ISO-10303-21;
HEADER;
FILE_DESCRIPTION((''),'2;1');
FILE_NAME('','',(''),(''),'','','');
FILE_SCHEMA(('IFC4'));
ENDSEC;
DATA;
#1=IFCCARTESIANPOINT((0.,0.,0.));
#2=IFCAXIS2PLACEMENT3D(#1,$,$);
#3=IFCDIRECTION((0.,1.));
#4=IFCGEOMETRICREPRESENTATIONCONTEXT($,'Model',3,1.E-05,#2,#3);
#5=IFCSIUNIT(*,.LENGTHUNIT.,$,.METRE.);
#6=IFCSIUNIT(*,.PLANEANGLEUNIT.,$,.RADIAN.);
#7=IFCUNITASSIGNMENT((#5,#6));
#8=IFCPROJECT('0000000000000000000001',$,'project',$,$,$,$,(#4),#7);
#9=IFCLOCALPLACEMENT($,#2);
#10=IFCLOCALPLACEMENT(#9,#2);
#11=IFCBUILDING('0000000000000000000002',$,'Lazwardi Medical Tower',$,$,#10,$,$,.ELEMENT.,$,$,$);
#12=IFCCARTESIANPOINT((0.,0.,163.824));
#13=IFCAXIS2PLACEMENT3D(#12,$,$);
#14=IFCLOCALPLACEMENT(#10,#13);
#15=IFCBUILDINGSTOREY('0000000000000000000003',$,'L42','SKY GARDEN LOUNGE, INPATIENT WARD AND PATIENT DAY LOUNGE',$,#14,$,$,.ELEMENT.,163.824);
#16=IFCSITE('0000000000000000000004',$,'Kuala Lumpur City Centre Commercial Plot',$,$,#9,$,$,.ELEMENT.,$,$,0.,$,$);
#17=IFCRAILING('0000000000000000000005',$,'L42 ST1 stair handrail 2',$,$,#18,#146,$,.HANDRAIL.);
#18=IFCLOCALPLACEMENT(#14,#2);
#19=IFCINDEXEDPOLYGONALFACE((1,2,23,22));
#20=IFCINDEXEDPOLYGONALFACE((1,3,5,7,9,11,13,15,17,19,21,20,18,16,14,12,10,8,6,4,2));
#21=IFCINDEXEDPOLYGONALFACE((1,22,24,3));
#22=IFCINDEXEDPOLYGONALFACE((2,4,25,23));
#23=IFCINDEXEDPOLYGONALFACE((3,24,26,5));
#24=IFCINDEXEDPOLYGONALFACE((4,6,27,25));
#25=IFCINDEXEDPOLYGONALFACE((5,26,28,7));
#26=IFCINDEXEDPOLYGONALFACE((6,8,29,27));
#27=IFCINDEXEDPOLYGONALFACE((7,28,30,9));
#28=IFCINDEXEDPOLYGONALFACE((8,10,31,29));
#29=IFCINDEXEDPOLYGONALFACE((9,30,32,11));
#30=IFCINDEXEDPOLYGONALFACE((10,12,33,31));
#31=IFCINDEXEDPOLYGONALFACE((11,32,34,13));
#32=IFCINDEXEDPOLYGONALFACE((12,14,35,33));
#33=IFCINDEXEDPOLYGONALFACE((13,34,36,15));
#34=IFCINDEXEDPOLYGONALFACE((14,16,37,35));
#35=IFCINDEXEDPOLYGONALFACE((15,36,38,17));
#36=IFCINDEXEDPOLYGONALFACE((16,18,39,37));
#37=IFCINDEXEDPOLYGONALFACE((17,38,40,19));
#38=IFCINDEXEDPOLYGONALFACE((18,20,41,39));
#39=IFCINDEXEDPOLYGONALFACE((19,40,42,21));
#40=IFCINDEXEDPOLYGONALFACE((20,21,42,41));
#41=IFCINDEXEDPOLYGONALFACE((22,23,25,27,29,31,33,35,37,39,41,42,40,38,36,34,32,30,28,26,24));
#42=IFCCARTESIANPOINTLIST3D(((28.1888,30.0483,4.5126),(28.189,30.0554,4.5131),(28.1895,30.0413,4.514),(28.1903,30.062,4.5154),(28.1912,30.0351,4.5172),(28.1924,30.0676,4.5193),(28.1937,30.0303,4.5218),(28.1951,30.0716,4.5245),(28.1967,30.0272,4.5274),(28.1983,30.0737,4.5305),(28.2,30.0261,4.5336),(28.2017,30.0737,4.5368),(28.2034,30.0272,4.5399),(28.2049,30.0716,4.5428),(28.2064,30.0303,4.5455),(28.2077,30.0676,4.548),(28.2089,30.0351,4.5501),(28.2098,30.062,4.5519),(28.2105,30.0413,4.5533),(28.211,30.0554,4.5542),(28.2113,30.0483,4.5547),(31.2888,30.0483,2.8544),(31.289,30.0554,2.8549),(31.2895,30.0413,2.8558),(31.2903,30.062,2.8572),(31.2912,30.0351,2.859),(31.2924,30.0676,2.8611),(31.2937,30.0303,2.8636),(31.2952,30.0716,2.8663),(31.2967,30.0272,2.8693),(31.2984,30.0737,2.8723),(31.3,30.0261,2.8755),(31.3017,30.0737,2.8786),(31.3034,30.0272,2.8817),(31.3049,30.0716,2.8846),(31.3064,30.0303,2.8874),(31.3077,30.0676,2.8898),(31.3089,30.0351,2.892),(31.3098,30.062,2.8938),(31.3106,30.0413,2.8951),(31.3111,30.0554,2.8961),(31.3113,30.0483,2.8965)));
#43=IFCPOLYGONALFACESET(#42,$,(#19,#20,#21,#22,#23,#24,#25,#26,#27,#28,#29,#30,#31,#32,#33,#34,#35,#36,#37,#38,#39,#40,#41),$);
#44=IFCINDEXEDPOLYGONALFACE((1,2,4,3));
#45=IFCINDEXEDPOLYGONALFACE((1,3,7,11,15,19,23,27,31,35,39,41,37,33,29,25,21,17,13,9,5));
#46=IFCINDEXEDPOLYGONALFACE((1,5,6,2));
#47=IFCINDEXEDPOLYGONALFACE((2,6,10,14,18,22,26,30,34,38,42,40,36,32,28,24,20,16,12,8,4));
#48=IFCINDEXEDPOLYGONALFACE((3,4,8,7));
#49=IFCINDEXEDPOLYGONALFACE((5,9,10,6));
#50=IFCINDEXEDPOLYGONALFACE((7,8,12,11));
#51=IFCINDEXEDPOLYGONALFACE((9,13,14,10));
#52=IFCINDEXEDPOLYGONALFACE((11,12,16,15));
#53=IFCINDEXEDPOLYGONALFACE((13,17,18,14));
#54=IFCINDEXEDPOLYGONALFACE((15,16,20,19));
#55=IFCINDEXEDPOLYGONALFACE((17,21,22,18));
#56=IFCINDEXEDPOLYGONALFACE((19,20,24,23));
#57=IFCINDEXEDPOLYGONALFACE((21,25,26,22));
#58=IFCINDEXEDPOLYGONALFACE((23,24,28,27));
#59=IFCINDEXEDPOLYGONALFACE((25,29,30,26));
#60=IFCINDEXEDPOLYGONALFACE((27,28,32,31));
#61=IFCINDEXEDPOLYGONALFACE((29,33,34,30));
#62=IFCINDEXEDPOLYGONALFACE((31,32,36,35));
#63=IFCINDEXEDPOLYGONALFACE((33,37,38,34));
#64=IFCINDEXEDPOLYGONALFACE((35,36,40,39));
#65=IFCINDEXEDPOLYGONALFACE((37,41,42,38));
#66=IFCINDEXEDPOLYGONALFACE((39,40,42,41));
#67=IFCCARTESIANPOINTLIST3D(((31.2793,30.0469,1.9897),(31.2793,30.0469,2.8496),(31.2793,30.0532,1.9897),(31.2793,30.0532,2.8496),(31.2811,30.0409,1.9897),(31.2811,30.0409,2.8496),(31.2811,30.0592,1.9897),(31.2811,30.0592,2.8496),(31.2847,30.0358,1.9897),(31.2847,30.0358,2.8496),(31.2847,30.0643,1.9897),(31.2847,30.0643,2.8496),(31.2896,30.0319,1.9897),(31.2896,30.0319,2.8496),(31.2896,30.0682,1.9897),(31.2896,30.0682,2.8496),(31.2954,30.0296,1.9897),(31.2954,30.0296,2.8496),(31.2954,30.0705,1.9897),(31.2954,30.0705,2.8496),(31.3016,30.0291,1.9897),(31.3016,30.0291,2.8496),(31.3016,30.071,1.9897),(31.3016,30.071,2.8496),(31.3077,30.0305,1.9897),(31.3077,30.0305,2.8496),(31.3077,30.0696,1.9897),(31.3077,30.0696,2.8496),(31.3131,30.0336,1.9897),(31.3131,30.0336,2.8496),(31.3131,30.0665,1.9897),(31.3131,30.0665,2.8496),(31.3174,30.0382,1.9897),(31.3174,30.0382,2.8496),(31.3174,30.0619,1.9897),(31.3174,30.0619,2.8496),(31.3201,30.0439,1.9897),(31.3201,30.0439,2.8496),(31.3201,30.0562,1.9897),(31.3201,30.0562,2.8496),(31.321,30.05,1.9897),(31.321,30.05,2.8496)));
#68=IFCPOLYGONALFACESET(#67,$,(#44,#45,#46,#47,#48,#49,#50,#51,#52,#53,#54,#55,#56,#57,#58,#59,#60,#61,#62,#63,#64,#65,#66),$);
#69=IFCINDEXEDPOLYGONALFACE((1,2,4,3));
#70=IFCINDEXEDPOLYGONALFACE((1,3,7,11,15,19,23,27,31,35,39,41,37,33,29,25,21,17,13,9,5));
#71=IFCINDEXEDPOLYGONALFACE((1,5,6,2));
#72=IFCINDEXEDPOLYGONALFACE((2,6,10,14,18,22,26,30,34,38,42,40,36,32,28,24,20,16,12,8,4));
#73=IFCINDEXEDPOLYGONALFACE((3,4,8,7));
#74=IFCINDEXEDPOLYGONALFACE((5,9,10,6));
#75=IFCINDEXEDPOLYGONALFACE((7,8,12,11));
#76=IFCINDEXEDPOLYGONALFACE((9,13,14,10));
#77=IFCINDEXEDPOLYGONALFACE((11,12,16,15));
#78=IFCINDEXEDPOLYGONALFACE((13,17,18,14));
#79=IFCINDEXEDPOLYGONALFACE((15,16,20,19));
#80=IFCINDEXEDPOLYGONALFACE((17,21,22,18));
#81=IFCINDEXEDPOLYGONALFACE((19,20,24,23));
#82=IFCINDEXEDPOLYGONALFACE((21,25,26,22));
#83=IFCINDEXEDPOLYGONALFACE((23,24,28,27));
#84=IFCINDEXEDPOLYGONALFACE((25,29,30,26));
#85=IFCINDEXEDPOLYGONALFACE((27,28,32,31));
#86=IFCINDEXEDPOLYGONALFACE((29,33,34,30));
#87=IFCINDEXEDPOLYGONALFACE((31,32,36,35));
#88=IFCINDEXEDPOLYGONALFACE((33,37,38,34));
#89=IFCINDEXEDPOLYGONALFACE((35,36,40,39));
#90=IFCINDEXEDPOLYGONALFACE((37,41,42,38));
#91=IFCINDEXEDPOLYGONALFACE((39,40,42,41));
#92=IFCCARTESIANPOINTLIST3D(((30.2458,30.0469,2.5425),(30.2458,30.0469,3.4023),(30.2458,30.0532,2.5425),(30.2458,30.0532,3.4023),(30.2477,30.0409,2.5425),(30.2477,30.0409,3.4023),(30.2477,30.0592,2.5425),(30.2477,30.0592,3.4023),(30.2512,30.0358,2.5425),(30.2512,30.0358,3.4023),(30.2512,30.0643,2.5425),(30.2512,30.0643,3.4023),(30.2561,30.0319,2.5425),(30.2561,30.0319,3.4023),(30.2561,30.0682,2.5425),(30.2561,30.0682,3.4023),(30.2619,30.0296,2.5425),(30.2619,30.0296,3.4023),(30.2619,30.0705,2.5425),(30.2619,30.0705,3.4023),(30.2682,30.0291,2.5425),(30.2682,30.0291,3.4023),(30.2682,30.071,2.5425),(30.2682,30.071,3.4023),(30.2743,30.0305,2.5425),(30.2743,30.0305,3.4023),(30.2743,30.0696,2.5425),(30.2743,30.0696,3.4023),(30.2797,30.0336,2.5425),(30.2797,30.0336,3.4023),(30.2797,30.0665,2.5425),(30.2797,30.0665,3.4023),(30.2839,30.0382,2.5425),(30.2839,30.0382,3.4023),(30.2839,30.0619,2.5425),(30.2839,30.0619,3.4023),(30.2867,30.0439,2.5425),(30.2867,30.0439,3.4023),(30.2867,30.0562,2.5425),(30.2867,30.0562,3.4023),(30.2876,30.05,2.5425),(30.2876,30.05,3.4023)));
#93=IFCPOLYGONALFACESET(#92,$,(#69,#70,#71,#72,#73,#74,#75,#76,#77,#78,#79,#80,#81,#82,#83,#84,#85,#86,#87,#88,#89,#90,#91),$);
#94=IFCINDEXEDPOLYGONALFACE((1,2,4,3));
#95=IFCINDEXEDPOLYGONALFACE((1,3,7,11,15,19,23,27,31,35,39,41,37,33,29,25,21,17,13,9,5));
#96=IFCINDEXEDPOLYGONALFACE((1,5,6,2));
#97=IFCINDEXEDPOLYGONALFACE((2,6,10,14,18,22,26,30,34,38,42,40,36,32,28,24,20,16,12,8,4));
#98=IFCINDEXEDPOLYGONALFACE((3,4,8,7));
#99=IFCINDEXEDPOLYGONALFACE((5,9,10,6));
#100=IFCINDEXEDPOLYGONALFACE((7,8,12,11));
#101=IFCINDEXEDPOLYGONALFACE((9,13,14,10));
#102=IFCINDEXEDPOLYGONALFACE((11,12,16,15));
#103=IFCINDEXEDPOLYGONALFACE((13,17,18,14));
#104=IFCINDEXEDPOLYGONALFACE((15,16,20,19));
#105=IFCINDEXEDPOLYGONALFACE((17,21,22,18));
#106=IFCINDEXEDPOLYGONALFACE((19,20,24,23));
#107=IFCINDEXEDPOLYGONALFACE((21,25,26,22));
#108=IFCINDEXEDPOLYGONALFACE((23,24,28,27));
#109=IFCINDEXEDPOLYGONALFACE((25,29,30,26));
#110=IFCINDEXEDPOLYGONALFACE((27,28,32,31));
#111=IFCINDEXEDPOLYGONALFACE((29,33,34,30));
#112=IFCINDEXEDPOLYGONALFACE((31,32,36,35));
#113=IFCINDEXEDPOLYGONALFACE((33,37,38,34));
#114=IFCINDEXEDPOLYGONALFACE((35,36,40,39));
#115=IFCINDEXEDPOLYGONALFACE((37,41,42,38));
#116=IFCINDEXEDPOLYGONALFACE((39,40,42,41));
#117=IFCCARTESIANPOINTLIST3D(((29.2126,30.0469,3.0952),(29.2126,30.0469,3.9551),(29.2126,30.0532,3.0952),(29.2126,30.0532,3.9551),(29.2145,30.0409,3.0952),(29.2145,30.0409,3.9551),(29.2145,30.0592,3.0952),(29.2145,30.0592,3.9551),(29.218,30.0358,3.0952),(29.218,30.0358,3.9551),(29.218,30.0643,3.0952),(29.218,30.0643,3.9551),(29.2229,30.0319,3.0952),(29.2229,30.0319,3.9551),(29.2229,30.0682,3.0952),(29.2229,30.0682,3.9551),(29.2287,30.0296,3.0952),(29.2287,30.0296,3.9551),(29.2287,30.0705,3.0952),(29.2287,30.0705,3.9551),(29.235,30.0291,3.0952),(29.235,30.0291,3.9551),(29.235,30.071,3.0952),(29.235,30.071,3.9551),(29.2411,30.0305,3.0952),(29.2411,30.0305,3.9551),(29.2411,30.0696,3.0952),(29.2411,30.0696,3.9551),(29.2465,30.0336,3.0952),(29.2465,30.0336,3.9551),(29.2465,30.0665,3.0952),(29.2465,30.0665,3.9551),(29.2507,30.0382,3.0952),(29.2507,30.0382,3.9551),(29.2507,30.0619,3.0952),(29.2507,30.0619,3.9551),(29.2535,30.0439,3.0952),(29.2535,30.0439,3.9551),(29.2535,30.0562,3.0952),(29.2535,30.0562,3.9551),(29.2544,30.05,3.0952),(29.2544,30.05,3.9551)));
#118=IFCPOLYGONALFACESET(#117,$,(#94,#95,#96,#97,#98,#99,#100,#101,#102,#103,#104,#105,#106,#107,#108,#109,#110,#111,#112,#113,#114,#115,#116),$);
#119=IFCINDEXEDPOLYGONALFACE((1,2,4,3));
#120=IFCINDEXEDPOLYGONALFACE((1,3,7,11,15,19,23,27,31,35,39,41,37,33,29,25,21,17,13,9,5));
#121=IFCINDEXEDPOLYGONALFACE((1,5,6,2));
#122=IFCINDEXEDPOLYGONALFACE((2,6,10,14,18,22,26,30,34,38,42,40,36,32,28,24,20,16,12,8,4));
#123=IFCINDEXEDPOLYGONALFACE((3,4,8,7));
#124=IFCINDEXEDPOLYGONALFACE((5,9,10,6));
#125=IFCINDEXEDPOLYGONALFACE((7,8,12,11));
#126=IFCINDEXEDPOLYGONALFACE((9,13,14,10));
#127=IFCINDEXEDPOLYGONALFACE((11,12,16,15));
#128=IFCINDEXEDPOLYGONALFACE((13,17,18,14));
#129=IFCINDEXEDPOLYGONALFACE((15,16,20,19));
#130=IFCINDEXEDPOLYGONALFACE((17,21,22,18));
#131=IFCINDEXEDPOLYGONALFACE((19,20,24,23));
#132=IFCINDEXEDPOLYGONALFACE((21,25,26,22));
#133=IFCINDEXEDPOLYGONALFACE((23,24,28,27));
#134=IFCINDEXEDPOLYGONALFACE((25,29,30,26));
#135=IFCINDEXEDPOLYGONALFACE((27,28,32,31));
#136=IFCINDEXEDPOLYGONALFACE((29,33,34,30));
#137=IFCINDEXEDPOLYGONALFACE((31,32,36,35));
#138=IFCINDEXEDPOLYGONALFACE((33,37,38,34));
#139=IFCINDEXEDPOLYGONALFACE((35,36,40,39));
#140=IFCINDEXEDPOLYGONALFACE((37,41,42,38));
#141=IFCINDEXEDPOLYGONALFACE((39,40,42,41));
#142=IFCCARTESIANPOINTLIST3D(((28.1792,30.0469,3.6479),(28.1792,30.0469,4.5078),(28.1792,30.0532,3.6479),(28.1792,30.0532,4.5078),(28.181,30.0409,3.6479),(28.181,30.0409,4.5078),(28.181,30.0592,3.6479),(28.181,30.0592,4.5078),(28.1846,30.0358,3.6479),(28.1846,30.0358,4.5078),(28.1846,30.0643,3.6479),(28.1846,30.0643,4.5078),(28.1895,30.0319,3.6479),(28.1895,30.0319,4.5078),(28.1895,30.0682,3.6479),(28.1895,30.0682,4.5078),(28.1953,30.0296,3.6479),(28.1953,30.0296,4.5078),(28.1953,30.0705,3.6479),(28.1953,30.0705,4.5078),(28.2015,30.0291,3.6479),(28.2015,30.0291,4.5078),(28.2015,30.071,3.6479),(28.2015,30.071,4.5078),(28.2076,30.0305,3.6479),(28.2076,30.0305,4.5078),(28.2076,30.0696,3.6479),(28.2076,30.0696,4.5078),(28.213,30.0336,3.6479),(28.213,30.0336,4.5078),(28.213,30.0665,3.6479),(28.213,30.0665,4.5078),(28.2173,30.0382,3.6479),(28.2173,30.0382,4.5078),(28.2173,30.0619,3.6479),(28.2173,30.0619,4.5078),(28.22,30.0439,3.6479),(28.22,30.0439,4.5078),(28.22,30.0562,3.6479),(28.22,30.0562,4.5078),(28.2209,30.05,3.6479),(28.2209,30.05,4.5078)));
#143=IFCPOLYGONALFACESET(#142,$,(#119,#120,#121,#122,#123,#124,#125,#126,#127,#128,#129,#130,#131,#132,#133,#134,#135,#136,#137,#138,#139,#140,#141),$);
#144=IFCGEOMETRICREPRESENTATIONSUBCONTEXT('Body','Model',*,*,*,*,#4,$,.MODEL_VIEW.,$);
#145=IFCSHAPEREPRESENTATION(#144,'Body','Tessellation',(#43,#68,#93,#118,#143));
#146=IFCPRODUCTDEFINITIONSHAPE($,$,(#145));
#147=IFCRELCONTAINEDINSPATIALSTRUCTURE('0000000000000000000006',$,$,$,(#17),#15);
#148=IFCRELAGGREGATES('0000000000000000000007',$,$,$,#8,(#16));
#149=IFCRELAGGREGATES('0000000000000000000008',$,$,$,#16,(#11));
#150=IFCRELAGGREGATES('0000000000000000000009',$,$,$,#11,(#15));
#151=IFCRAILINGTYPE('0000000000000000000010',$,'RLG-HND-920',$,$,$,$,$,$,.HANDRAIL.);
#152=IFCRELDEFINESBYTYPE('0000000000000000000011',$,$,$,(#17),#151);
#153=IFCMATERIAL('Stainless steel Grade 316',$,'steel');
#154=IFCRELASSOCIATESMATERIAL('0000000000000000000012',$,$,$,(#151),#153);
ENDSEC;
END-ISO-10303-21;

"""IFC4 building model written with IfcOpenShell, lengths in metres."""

from ifc_helpers import new_model, si_unit, direction, frame, origin, origin_2d, place, context, subcontext, project, spatial, circle, extrude, material, type_object, element, save


model = new_model("IFC4")

# Units and contexts
model_context = context("Model", 3, precision=1e-05, world=origin(), true_north=direction((0.0, 1.0)))
body_context = subcontext(model_context, "Body", "Model", "MODEL_VIEW")
ifc_project = project(units=[si_unit("LENGTHUNIT", "METRE"), si_unit("PLANEANGLEUNIT", "RADIAN")], contexts=[model_context])

# Site, building, storey
site_placement = place(None, origin())
site = spatial("IfcSite", under=ifc_project, at=site_placement, Name="Kuala Lumpur City Centre Commercial Plot", CompositionType="ELEMENT", RefElevation=0.0)
building_placement = place(site_placement, origin())
building = spatial("IfcBuilding", under=site, at=building_placement, Name="Lazwardi Medical Tower", CompositionType="ELEMENT")
storey_placement = place(building_placement, frame((0.0, 0.0, 163.824)))
storey = spatial("IfcBuildingStorey", under=building, at=storey_placement, Name="L42", Description="SKY GARDEN LOUNGE, INPATIENT WARD AND PATIENT DAY LOUNGE", CompositionType="ELEMENT", Elevation=163.824)

# Railing
ifc_material_1 = material(Name="Stainless steel Grade 316", Category="steel")
railing_type_1 = type_object("IfcRailingType", Name="RLG-HND-920", PredefinedType="HANDRAIL", material=ifc_material_1)
railing_1_placement = place(storey_placement, frame((31.3, 30.05, 1.9897)))
element("IfcRailing", 1, at=railing_1_placement, inside=storey, type_object=railing_type_1, Name="L42 ST1 stair handrail 2", PredefinedType="HANDRAIL", context=body_context, shape_type="SweptSolid", body=[
    extrude(circle(Radius=0.0239, at=origin_2d()), frame((0.0, 0.0, 0.8857), z_axis=(-0.881783, 0.0, 0.471655), x_axis=(0.0, -1.0, 0.0)), (0.0, 0.0, 1.0), 3.5156),
    extrude(circle(Radius=0.021, at=origin_2d()), origin(), (0.0, 0.0, 1.0), 0.8599),
    extrude(circle(Radius=0.021, at=origin_2d()), frame((-1.0334, 0.0, 0.5527)), (0.0, 0.0, 1.0), 0.8599),
    extrude(circle(Radius=0.021, at=origin_2d()), frame((-2.0667, 0.0, 1.1055)), (0.0, 0.0, 1.0), 0.8599),
    extrude(circle(Radius=0.021, at=origin_2d()), frame((-3.1001, 0.0, 1.6582)), (0.0, 0.0, 1.0), 0.8599),
])

save(model, "model.ifc")
